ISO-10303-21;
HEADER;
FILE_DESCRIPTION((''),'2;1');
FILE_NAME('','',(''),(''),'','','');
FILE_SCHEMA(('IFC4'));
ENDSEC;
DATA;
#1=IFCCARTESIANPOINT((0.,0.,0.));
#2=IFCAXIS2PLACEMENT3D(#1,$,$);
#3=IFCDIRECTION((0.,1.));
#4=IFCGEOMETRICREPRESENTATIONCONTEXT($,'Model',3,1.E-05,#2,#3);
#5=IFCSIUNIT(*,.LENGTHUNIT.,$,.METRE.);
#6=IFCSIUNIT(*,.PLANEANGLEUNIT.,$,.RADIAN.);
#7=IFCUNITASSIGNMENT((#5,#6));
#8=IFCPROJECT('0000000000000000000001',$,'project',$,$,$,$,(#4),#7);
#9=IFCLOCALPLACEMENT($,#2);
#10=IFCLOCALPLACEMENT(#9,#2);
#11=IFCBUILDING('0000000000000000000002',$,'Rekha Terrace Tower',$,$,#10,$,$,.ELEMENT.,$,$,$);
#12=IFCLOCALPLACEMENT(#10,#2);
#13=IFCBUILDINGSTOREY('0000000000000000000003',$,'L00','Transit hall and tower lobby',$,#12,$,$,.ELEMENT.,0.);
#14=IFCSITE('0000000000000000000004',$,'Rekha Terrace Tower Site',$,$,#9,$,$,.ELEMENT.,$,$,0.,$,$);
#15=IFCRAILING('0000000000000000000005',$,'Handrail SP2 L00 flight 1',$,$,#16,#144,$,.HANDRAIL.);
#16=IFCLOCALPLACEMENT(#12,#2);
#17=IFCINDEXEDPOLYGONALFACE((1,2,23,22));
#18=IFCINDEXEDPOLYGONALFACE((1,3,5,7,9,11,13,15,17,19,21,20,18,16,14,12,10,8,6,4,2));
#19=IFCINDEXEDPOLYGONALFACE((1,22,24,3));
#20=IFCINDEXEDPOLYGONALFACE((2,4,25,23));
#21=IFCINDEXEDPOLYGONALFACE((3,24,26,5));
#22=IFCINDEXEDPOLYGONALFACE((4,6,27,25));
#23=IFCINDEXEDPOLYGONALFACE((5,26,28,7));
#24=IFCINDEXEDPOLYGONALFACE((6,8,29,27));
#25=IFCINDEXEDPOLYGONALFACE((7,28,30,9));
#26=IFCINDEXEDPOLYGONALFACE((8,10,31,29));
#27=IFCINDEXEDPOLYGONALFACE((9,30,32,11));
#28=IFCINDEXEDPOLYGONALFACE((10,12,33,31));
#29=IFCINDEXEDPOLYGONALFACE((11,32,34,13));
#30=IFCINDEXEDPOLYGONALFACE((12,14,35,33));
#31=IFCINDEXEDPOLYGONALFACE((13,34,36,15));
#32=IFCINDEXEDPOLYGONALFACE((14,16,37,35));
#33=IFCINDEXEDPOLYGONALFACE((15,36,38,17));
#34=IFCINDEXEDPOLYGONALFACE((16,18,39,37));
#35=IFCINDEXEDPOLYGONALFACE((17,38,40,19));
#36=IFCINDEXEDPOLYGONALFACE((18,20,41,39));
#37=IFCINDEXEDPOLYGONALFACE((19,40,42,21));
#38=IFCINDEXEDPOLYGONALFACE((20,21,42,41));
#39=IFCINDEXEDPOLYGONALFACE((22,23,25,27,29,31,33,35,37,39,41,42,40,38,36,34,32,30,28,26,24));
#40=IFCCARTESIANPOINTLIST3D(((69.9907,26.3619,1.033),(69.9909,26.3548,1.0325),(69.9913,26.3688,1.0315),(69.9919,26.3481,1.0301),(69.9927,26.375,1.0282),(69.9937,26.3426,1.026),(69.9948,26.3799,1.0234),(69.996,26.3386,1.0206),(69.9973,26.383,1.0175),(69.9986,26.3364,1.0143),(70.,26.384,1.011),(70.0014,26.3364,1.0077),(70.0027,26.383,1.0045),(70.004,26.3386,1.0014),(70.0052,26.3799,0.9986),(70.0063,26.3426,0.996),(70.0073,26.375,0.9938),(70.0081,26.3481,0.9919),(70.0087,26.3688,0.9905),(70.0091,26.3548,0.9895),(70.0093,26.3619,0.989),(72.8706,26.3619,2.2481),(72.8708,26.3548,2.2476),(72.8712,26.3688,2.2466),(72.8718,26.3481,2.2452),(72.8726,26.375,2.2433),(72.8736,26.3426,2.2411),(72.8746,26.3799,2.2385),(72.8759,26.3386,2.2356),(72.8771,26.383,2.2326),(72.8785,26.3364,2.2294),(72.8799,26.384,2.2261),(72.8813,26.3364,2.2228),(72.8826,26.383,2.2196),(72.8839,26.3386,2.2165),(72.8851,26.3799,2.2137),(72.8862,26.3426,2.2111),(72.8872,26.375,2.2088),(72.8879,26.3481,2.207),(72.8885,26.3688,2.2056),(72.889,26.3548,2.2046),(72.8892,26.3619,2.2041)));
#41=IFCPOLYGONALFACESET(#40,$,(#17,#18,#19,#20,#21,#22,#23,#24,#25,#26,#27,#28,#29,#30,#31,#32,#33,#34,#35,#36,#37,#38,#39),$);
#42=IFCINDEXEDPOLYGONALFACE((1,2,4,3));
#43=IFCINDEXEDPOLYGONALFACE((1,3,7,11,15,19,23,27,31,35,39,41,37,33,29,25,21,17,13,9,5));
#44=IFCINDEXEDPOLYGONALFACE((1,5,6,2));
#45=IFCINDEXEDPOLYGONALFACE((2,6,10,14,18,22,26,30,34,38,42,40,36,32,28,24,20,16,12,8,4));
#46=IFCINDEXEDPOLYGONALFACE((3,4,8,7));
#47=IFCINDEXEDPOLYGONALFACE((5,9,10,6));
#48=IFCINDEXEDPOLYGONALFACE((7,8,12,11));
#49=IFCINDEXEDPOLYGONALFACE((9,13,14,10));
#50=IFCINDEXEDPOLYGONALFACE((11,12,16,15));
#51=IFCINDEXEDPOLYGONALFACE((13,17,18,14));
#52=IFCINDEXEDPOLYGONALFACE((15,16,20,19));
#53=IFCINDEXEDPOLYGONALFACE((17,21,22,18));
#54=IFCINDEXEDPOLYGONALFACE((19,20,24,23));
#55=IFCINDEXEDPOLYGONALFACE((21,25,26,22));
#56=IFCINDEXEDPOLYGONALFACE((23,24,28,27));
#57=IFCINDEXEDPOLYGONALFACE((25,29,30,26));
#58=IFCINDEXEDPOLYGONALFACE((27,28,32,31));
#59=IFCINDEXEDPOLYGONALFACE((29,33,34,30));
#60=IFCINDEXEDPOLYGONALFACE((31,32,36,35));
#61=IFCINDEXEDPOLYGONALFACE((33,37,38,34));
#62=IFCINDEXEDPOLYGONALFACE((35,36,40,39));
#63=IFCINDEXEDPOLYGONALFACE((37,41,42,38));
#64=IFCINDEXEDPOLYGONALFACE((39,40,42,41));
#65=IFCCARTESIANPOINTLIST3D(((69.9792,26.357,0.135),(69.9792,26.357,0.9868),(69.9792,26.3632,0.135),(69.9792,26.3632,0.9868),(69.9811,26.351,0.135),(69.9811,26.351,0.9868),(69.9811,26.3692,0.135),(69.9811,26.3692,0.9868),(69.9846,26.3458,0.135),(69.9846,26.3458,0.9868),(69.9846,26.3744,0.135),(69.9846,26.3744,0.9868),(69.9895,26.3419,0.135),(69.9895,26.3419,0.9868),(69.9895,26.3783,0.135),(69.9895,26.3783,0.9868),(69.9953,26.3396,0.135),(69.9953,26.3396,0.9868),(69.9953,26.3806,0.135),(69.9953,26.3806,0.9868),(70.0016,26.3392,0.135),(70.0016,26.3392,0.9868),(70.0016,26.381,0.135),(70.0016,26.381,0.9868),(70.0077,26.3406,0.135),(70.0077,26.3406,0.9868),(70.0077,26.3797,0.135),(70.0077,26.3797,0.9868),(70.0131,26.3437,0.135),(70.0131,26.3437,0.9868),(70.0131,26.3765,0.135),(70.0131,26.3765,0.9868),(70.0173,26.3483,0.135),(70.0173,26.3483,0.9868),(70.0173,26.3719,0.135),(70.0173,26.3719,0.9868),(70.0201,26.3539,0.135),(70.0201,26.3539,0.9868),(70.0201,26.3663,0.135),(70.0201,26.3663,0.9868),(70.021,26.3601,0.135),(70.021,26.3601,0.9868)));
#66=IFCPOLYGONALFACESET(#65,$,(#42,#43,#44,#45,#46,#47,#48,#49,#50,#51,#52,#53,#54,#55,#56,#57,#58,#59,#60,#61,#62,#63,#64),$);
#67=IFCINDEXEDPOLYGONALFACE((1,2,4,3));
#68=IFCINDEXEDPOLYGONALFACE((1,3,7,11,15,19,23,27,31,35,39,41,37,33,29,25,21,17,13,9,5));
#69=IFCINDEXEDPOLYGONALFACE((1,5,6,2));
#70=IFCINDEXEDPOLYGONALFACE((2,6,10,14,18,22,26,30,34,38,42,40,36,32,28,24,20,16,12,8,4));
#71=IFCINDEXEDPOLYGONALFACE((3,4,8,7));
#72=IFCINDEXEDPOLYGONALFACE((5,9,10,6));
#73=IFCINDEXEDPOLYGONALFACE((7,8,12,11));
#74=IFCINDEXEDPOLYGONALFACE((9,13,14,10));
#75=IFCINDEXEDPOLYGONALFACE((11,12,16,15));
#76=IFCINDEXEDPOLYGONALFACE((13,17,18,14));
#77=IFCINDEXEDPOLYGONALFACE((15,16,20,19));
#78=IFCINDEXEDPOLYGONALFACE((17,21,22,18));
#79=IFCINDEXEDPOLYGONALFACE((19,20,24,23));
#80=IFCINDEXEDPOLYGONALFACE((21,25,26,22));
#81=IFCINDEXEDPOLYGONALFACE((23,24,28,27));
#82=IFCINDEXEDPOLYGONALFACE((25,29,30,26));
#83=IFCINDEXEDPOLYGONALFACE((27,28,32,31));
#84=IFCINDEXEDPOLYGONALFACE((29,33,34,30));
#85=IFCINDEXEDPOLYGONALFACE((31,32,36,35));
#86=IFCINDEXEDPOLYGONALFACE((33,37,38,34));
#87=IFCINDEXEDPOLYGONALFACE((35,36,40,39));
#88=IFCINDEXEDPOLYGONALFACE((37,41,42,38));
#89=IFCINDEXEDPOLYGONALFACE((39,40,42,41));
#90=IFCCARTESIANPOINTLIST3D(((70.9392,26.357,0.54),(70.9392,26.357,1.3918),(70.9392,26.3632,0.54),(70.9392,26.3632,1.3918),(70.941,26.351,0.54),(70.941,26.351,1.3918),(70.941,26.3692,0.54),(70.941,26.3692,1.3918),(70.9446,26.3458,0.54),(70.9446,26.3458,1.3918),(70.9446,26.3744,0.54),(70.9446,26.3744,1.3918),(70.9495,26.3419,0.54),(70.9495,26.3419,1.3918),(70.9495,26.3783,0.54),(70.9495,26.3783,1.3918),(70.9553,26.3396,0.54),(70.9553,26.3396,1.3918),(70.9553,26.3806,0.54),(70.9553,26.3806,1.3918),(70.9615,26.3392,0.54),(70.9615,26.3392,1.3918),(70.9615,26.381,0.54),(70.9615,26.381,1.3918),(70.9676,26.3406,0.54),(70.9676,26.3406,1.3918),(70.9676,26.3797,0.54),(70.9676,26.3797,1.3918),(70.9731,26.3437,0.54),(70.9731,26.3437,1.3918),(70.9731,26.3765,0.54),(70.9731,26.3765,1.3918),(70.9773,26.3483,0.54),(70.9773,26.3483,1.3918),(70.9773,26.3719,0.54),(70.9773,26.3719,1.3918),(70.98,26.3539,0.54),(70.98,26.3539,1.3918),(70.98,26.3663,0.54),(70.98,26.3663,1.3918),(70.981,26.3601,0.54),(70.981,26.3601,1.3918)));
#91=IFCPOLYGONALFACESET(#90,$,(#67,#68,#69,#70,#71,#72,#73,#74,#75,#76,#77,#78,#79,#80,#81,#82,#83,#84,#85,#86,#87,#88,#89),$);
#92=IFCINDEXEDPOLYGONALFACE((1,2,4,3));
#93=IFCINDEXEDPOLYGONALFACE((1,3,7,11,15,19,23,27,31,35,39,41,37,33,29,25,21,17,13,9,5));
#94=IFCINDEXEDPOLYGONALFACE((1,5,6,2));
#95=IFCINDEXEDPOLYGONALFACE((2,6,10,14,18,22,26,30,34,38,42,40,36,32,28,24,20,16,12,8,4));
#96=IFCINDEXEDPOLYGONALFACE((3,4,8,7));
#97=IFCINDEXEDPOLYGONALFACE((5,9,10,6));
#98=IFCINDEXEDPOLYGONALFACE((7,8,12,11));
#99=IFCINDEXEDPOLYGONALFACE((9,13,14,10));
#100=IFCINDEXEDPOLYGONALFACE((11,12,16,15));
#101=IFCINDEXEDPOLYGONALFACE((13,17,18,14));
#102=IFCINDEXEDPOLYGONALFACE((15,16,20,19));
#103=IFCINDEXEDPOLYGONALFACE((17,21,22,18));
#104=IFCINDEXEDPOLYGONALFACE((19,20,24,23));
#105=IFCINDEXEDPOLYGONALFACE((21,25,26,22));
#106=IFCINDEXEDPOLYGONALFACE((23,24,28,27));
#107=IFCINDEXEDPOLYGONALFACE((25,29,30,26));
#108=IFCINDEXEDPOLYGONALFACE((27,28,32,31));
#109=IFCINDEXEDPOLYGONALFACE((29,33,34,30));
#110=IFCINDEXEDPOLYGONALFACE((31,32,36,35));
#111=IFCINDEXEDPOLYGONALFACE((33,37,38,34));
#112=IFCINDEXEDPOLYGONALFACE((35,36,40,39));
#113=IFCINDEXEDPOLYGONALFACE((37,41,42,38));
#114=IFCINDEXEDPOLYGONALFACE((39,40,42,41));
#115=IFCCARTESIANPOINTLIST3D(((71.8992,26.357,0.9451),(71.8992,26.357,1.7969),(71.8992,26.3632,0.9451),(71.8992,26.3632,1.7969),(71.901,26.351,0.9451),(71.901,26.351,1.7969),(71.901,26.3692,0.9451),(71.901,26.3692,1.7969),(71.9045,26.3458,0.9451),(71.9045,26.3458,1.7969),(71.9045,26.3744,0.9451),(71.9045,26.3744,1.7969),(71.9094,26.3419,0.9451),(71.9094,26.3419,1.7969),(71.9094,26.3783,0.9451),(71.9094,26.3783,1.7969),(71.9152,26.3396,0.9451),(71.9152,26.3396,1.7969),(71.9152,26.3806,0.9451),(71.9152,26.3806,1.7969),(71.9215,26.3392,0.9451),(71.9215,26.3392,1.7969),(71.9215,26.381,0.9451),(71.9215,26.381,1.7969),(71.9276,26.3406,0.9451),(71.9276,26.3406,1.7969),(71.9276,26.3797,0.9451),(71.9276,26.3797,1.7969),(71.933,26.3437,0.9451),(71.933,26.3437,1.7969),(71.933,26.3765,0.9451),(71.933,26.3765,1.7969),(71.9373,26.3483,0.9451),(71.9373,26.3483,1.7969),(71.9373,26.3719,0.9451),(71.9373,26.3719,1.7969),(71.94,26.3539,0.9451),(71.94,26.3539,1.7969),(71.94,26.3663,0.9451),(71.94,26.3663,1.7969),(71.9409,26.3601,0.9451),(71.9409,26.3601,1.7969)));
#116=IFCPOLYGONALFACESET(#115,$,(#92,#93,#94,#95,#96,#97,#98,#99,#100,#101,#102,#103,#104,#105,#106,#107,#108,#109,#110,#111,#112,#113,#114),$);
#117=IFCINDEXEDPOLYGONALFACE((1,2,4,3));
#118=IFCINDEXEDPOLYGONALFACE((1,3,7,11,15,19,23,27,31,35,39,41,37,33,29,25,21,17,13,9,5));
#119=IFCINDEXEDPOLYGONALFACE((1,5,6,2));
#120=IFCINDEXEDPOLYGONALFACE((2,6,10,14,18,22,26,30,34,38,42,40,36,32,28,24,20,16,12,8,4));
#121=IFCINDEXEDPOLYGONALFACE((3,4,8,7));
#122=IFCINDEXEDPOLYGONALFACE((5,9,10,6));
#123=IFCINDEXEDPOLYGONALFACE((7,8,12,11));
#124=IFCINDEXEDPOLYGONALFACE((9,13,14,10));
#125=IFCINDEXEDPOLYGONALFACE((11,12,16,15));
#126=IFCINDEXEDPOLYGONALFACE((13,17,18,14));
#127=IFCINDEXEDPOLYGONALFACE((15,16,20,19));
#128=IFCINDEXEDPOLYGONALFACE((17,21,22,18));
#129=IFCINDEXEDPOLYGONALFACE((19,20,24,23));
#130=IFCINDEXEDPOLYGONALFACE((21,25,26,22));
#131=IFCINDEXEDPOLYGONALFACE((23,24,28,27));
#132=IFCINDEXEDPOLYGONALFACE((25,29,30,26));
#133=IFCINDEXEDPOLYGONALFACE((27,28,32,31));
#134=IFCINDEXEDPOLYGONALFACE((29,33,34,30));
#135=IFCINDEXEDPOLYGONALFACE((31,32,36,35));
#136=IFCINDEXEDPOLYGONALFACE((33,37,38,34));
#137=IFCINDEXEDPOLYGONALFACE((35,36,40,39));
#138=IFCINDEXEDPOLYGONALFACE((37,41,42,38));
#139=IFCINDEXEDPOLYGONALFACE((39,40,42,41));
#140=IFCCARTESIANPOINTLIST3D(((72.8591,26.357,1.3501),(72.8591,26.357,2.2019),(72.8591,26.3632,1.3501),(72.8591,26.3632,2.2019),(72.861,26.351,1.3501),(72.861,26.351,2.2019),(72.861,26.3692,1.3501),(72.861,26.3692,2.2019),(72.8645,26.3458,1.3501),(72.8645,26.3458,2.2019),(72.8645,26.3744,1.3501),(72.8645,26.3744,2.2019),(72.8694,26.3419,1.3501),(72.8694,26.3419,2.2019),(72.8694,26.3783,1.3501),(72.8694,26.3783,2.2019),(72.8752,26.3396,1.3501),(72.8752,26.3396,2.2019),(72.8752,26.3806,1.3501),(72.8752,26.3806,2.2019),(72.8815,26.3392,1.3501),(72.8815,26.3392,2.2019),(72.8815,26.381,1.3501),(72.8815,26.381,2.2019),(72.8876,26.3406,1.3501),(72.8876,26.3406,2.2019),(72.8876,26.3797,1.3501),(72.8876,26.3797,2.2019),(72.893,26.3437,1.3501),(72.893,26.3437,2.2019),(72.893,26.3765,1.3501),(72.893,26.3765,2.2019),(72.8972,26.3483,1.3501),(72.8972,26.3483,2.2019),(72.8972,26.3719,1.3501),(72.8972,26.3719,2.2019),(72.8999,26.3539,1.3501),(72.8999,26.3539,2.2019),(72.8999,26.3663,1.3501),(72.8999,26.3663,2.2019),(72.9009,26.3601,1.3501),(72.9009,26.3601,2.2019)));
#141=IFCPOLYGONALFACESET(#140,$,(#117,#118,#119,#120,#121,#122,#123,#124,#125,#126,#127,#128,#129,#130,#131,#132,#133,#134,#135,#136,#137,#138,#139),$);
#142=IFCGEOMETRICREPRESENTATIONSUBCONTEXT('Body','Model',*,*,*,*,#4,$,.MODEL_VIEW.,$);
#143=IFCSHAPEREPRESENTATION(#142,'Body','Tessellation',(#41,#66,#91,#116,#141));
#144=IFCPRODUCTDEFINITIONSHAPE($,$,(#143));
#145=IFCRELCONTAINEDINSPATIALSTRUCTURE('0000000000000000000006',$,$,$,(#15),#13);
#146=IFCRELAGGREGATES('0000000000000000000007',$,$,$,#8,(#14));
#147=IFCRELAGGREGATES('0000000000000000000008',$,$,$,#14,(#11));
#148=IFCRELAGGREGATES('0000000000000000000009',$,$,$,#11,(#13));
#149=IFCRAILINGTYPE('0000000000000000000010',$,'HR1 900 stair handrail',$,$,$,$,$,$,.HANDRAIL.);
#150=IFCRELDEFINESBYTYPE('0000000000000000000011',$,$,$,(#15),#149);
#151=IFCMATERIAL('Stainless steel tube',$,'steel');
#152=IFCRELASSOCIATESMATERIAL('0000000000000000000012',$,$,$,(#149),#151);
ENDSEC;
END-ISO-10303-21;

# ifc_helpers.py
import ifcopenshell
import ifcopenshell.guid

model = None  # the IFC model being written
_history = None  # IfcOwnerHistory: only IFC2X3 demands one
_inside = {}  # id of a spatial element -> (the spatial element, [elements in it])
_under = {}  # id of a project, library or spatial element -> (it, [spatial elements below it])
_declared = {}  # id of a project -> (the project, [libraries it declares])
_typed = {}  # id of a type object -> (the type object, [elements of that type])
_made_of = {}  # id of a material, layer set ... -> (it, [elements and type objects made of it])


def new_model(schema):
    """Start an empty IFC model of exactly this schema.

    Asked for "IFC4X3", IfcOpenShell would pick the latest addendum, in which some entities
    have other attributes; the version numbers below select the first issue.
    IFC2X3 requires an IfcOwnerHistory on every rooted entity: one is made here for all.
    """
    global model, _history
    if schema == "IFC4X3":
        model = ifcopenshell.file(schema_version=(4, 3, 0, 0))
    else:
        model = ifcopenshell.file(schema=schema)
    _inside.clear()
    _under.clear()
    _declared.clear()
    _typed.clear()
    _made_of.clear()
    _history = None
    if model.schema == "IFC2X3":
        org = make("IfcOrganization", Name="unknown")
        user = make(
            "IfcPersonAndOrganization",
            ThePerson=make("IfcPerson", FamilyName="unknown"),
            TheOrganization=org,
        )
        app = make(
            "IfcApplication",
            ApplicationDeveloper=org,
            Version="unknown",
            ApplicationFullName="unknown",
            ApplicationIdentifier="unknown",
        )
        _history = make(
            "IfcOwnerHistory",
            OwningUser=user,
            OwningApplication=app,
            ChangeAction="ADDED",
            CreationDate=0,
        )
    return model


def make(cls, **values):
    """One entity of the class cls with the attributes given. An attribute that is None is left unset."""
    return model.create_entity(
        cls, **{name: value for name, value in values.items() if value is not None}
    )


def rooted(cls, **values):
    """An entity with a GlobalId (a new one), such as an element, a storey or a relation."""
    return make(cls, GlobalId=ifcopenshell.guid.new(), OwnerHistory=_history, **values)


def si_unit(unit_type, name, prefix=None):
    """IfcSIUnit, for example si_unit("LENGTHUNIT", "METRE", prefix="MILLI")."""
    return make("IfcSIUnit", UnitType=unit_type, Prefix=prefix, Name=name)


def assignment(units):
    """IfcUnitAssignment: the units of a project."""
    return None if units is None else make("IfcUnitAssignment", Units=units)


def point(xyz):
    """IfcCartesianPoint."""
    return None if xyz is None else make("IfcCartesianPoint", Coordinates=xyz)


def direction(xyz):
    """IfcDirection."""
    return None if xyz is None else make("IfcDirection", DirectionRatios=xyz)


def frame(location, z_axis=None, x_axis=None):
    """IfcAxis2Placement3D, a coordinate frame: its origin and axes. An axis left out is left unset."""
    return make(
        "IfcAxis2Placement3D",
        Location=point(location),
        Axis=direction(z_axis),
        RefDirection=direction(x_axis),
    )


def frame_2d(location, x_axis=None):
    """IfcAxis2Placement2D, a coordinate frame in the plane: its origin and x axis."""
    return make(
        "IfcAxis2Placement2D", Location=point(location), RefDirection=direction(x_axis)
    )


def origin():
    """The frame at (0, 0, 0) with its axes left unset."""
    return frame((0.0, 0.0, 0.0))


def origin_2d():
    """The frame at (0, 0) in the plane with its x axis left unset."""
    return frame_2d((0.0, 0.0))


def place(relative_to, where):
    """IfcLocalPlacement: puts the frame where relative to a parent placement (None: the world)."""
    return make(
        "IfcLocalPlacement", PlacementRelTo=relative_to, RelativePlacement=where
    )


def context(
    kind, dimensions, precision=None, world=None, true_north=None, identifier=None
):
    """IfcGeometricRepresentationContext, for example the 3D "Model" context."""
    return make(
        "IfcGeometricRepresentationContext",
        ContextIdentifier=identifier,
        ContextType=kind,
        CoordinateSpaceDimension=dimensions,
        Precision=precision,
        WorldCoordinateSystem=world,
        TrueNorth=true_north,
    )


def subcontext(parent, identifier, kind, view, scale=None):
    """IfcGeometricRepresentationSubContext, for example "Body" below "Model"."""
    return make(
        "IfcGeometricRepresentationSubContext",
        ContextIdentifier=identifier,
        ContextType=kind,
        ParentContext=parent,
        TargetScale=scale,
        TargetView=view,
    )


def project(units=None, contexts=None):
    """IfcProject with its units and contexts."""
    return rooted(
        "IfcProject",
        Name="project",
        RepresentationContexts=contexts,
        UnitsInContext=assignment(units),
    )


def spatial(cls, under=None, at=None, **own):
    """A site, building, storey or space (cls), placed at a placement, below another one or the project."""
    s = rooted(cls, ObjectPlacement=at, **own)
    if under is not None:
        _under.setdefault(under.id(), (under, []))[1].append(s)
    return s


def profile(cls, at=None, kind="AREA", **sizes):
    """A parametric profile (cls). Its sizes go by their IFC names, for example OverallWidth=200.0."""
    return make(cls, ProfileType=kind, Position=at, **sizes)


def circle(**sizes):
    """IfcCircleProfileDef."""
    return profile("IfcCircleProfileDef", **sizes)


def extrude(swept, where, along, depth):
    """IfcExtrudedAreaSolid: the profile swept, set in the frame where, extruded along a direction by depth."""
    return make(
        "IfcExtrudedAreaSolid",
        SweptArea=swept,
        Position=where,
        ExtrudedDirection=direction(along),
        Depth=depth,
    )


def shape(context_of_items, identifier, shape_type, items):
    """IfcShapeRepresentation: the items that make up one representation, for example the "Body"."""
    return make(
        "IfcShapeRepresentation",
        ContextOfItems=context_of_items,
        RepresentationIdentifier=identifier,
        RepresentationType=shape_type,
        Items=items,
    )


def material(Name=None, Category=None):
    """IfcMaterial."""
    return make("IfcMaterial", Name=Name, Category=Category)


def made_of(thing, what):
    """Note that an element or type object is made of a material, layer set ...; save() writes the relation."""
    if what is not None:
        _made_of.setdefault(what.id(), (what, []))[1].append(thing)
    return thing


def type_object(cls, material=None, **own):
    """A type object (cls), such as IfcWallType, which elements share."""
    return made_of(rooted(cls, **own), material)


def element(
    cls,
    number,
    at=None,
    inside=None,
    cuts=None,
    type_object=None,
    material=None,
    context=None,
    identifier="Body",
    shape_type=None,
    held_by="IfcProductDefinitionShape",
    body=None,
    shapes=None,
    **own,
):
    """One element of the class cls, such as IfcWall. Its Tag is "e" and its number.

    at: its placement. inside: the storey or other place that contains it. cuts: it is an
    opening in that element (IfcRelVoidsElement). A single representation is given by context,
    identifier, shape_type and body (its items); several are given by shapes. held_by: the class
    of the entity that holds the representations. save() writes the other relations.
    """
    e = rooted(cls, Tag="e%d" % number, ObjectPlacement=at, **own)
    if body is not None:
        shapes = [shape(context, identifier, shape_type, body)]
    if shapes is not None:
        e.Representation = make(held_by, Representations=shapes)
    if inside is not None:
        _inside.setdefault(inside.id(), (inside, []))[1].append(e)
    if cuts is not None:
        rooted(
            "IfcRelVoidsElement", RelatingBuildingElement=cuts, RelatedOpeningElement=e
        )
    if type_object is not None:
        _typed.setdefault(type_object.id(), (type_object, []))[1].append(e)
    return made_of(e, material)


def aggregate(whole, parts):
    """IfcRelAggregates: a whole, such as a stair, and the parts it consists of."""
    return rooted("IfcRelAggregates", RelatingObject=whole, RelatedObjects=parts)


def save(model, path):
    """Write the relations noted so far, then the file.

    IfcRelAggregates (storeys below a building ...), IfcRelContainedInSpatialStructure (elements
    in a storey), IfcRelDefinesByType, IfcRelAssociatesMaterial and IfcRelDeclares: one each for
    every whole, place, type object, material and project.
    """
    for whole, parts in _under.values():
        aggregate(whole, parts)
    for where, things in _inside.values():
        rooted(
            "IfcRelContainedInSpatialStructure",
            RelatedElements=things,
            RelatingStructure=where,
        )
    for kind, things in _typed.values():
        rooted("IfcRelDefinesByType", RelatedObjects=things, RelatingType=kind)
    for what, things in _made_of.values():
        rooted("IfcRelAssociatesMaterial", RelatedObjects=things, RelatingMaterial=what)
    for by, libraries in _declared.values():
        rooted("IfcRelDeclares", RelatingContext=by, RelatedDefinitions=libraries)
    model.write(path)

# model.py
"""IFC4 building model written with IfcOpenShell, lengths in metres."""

from ifc_helpers import new_model, si_unit, direction, frame, origin, origin_2d, place, context, subcontext, project, spatial, circle, extrude, material, type_object, element, save


model = new_model("IFC4")

# Units and contexts
model_context = context("Model", 3, precision=1e-05, world=origin(), true_north=direction((0.0, 1.0)))
body_context = subcontext(model_context, "Body", "Model", "MODEL_VIEW")
ifc_project = project(units=[si_unit("LENGTHUNIT", "METRE"), si_unit("PLANEANGLEUNIT", "RADIAN")], contexts=[model_context])

# Site, building, storey
site_placement = place(None, origin())
site = spatial("IfcSite", under=ifc_project, at=site_placement, Name="Rekha Terrace Tower Site", CompositionType="ELEMENT", RefElevation=0.0)
building_placement = place(site_placement, origin())
building = spatial("IfcBuilding", under=site, at=building_placement, Name="Rekha Terrace Tower", CompositionType="ELEMENT")
storey_placement = place(building_placement, origin())
storey = spatial("IfcBuildingStorey", under=building, at=storey_placement, Name="L00", Description="Transit hall and tower lobby", CompositionType="ELEMENT", Elevation=0.0)

# Railing
ifc_material_1 = material(Name="Stainless steel tube", Category="steel")
railing_type = type_object("IfcRailingType", Name="HR1 900 stair handrail", PredefinedType="HANDRAIL", material=ifc_material_1)
railing_placement = place(storey_placement, frame((70.0, 26.3601, 0.135)))
element("IfcRailing", 1, at=railing_placement, inside=storey, type_object=railing_type, Name="Handrail SP2 L00 flight 1", PredefinedType="HANDRAIL", context=body_context, shape_type="SweptSolid", body=[
    extrude(circle(Radius=0.0239, at=origin_2d()), frame((0.0, 0.0, 0.876), z_axis=(0.921348, 0.0, 0.388738), x_axis=(0.0, 1.0, 0.0)), (0.0, 0.0, 1.0), 3.1257),
    extrude(circle(Radius=0.021, at=origin_2d()), origin(), (0.0, 0.0, 1.0), 0.8518),
    extrude(circle(Radius=0.021, at=origin_2d()), frame((0.96, 0.0, 0.405)), (0.0, 0.0, 1.0), 0.8518),
    extrude(circle(Radius=0.021, at=origin_2d()), frame((1.9199, 0.0, 0.8101)), (0.0, 0.0, 1.0), 0.8518),
    extrude(circle(Radius=0.021, at=origin_2d()), frame((2.8799, 0.0, 1.2151)), (0.0, 0.0, 1.0), 0.8518),
])

save(model, "model.ifc")
